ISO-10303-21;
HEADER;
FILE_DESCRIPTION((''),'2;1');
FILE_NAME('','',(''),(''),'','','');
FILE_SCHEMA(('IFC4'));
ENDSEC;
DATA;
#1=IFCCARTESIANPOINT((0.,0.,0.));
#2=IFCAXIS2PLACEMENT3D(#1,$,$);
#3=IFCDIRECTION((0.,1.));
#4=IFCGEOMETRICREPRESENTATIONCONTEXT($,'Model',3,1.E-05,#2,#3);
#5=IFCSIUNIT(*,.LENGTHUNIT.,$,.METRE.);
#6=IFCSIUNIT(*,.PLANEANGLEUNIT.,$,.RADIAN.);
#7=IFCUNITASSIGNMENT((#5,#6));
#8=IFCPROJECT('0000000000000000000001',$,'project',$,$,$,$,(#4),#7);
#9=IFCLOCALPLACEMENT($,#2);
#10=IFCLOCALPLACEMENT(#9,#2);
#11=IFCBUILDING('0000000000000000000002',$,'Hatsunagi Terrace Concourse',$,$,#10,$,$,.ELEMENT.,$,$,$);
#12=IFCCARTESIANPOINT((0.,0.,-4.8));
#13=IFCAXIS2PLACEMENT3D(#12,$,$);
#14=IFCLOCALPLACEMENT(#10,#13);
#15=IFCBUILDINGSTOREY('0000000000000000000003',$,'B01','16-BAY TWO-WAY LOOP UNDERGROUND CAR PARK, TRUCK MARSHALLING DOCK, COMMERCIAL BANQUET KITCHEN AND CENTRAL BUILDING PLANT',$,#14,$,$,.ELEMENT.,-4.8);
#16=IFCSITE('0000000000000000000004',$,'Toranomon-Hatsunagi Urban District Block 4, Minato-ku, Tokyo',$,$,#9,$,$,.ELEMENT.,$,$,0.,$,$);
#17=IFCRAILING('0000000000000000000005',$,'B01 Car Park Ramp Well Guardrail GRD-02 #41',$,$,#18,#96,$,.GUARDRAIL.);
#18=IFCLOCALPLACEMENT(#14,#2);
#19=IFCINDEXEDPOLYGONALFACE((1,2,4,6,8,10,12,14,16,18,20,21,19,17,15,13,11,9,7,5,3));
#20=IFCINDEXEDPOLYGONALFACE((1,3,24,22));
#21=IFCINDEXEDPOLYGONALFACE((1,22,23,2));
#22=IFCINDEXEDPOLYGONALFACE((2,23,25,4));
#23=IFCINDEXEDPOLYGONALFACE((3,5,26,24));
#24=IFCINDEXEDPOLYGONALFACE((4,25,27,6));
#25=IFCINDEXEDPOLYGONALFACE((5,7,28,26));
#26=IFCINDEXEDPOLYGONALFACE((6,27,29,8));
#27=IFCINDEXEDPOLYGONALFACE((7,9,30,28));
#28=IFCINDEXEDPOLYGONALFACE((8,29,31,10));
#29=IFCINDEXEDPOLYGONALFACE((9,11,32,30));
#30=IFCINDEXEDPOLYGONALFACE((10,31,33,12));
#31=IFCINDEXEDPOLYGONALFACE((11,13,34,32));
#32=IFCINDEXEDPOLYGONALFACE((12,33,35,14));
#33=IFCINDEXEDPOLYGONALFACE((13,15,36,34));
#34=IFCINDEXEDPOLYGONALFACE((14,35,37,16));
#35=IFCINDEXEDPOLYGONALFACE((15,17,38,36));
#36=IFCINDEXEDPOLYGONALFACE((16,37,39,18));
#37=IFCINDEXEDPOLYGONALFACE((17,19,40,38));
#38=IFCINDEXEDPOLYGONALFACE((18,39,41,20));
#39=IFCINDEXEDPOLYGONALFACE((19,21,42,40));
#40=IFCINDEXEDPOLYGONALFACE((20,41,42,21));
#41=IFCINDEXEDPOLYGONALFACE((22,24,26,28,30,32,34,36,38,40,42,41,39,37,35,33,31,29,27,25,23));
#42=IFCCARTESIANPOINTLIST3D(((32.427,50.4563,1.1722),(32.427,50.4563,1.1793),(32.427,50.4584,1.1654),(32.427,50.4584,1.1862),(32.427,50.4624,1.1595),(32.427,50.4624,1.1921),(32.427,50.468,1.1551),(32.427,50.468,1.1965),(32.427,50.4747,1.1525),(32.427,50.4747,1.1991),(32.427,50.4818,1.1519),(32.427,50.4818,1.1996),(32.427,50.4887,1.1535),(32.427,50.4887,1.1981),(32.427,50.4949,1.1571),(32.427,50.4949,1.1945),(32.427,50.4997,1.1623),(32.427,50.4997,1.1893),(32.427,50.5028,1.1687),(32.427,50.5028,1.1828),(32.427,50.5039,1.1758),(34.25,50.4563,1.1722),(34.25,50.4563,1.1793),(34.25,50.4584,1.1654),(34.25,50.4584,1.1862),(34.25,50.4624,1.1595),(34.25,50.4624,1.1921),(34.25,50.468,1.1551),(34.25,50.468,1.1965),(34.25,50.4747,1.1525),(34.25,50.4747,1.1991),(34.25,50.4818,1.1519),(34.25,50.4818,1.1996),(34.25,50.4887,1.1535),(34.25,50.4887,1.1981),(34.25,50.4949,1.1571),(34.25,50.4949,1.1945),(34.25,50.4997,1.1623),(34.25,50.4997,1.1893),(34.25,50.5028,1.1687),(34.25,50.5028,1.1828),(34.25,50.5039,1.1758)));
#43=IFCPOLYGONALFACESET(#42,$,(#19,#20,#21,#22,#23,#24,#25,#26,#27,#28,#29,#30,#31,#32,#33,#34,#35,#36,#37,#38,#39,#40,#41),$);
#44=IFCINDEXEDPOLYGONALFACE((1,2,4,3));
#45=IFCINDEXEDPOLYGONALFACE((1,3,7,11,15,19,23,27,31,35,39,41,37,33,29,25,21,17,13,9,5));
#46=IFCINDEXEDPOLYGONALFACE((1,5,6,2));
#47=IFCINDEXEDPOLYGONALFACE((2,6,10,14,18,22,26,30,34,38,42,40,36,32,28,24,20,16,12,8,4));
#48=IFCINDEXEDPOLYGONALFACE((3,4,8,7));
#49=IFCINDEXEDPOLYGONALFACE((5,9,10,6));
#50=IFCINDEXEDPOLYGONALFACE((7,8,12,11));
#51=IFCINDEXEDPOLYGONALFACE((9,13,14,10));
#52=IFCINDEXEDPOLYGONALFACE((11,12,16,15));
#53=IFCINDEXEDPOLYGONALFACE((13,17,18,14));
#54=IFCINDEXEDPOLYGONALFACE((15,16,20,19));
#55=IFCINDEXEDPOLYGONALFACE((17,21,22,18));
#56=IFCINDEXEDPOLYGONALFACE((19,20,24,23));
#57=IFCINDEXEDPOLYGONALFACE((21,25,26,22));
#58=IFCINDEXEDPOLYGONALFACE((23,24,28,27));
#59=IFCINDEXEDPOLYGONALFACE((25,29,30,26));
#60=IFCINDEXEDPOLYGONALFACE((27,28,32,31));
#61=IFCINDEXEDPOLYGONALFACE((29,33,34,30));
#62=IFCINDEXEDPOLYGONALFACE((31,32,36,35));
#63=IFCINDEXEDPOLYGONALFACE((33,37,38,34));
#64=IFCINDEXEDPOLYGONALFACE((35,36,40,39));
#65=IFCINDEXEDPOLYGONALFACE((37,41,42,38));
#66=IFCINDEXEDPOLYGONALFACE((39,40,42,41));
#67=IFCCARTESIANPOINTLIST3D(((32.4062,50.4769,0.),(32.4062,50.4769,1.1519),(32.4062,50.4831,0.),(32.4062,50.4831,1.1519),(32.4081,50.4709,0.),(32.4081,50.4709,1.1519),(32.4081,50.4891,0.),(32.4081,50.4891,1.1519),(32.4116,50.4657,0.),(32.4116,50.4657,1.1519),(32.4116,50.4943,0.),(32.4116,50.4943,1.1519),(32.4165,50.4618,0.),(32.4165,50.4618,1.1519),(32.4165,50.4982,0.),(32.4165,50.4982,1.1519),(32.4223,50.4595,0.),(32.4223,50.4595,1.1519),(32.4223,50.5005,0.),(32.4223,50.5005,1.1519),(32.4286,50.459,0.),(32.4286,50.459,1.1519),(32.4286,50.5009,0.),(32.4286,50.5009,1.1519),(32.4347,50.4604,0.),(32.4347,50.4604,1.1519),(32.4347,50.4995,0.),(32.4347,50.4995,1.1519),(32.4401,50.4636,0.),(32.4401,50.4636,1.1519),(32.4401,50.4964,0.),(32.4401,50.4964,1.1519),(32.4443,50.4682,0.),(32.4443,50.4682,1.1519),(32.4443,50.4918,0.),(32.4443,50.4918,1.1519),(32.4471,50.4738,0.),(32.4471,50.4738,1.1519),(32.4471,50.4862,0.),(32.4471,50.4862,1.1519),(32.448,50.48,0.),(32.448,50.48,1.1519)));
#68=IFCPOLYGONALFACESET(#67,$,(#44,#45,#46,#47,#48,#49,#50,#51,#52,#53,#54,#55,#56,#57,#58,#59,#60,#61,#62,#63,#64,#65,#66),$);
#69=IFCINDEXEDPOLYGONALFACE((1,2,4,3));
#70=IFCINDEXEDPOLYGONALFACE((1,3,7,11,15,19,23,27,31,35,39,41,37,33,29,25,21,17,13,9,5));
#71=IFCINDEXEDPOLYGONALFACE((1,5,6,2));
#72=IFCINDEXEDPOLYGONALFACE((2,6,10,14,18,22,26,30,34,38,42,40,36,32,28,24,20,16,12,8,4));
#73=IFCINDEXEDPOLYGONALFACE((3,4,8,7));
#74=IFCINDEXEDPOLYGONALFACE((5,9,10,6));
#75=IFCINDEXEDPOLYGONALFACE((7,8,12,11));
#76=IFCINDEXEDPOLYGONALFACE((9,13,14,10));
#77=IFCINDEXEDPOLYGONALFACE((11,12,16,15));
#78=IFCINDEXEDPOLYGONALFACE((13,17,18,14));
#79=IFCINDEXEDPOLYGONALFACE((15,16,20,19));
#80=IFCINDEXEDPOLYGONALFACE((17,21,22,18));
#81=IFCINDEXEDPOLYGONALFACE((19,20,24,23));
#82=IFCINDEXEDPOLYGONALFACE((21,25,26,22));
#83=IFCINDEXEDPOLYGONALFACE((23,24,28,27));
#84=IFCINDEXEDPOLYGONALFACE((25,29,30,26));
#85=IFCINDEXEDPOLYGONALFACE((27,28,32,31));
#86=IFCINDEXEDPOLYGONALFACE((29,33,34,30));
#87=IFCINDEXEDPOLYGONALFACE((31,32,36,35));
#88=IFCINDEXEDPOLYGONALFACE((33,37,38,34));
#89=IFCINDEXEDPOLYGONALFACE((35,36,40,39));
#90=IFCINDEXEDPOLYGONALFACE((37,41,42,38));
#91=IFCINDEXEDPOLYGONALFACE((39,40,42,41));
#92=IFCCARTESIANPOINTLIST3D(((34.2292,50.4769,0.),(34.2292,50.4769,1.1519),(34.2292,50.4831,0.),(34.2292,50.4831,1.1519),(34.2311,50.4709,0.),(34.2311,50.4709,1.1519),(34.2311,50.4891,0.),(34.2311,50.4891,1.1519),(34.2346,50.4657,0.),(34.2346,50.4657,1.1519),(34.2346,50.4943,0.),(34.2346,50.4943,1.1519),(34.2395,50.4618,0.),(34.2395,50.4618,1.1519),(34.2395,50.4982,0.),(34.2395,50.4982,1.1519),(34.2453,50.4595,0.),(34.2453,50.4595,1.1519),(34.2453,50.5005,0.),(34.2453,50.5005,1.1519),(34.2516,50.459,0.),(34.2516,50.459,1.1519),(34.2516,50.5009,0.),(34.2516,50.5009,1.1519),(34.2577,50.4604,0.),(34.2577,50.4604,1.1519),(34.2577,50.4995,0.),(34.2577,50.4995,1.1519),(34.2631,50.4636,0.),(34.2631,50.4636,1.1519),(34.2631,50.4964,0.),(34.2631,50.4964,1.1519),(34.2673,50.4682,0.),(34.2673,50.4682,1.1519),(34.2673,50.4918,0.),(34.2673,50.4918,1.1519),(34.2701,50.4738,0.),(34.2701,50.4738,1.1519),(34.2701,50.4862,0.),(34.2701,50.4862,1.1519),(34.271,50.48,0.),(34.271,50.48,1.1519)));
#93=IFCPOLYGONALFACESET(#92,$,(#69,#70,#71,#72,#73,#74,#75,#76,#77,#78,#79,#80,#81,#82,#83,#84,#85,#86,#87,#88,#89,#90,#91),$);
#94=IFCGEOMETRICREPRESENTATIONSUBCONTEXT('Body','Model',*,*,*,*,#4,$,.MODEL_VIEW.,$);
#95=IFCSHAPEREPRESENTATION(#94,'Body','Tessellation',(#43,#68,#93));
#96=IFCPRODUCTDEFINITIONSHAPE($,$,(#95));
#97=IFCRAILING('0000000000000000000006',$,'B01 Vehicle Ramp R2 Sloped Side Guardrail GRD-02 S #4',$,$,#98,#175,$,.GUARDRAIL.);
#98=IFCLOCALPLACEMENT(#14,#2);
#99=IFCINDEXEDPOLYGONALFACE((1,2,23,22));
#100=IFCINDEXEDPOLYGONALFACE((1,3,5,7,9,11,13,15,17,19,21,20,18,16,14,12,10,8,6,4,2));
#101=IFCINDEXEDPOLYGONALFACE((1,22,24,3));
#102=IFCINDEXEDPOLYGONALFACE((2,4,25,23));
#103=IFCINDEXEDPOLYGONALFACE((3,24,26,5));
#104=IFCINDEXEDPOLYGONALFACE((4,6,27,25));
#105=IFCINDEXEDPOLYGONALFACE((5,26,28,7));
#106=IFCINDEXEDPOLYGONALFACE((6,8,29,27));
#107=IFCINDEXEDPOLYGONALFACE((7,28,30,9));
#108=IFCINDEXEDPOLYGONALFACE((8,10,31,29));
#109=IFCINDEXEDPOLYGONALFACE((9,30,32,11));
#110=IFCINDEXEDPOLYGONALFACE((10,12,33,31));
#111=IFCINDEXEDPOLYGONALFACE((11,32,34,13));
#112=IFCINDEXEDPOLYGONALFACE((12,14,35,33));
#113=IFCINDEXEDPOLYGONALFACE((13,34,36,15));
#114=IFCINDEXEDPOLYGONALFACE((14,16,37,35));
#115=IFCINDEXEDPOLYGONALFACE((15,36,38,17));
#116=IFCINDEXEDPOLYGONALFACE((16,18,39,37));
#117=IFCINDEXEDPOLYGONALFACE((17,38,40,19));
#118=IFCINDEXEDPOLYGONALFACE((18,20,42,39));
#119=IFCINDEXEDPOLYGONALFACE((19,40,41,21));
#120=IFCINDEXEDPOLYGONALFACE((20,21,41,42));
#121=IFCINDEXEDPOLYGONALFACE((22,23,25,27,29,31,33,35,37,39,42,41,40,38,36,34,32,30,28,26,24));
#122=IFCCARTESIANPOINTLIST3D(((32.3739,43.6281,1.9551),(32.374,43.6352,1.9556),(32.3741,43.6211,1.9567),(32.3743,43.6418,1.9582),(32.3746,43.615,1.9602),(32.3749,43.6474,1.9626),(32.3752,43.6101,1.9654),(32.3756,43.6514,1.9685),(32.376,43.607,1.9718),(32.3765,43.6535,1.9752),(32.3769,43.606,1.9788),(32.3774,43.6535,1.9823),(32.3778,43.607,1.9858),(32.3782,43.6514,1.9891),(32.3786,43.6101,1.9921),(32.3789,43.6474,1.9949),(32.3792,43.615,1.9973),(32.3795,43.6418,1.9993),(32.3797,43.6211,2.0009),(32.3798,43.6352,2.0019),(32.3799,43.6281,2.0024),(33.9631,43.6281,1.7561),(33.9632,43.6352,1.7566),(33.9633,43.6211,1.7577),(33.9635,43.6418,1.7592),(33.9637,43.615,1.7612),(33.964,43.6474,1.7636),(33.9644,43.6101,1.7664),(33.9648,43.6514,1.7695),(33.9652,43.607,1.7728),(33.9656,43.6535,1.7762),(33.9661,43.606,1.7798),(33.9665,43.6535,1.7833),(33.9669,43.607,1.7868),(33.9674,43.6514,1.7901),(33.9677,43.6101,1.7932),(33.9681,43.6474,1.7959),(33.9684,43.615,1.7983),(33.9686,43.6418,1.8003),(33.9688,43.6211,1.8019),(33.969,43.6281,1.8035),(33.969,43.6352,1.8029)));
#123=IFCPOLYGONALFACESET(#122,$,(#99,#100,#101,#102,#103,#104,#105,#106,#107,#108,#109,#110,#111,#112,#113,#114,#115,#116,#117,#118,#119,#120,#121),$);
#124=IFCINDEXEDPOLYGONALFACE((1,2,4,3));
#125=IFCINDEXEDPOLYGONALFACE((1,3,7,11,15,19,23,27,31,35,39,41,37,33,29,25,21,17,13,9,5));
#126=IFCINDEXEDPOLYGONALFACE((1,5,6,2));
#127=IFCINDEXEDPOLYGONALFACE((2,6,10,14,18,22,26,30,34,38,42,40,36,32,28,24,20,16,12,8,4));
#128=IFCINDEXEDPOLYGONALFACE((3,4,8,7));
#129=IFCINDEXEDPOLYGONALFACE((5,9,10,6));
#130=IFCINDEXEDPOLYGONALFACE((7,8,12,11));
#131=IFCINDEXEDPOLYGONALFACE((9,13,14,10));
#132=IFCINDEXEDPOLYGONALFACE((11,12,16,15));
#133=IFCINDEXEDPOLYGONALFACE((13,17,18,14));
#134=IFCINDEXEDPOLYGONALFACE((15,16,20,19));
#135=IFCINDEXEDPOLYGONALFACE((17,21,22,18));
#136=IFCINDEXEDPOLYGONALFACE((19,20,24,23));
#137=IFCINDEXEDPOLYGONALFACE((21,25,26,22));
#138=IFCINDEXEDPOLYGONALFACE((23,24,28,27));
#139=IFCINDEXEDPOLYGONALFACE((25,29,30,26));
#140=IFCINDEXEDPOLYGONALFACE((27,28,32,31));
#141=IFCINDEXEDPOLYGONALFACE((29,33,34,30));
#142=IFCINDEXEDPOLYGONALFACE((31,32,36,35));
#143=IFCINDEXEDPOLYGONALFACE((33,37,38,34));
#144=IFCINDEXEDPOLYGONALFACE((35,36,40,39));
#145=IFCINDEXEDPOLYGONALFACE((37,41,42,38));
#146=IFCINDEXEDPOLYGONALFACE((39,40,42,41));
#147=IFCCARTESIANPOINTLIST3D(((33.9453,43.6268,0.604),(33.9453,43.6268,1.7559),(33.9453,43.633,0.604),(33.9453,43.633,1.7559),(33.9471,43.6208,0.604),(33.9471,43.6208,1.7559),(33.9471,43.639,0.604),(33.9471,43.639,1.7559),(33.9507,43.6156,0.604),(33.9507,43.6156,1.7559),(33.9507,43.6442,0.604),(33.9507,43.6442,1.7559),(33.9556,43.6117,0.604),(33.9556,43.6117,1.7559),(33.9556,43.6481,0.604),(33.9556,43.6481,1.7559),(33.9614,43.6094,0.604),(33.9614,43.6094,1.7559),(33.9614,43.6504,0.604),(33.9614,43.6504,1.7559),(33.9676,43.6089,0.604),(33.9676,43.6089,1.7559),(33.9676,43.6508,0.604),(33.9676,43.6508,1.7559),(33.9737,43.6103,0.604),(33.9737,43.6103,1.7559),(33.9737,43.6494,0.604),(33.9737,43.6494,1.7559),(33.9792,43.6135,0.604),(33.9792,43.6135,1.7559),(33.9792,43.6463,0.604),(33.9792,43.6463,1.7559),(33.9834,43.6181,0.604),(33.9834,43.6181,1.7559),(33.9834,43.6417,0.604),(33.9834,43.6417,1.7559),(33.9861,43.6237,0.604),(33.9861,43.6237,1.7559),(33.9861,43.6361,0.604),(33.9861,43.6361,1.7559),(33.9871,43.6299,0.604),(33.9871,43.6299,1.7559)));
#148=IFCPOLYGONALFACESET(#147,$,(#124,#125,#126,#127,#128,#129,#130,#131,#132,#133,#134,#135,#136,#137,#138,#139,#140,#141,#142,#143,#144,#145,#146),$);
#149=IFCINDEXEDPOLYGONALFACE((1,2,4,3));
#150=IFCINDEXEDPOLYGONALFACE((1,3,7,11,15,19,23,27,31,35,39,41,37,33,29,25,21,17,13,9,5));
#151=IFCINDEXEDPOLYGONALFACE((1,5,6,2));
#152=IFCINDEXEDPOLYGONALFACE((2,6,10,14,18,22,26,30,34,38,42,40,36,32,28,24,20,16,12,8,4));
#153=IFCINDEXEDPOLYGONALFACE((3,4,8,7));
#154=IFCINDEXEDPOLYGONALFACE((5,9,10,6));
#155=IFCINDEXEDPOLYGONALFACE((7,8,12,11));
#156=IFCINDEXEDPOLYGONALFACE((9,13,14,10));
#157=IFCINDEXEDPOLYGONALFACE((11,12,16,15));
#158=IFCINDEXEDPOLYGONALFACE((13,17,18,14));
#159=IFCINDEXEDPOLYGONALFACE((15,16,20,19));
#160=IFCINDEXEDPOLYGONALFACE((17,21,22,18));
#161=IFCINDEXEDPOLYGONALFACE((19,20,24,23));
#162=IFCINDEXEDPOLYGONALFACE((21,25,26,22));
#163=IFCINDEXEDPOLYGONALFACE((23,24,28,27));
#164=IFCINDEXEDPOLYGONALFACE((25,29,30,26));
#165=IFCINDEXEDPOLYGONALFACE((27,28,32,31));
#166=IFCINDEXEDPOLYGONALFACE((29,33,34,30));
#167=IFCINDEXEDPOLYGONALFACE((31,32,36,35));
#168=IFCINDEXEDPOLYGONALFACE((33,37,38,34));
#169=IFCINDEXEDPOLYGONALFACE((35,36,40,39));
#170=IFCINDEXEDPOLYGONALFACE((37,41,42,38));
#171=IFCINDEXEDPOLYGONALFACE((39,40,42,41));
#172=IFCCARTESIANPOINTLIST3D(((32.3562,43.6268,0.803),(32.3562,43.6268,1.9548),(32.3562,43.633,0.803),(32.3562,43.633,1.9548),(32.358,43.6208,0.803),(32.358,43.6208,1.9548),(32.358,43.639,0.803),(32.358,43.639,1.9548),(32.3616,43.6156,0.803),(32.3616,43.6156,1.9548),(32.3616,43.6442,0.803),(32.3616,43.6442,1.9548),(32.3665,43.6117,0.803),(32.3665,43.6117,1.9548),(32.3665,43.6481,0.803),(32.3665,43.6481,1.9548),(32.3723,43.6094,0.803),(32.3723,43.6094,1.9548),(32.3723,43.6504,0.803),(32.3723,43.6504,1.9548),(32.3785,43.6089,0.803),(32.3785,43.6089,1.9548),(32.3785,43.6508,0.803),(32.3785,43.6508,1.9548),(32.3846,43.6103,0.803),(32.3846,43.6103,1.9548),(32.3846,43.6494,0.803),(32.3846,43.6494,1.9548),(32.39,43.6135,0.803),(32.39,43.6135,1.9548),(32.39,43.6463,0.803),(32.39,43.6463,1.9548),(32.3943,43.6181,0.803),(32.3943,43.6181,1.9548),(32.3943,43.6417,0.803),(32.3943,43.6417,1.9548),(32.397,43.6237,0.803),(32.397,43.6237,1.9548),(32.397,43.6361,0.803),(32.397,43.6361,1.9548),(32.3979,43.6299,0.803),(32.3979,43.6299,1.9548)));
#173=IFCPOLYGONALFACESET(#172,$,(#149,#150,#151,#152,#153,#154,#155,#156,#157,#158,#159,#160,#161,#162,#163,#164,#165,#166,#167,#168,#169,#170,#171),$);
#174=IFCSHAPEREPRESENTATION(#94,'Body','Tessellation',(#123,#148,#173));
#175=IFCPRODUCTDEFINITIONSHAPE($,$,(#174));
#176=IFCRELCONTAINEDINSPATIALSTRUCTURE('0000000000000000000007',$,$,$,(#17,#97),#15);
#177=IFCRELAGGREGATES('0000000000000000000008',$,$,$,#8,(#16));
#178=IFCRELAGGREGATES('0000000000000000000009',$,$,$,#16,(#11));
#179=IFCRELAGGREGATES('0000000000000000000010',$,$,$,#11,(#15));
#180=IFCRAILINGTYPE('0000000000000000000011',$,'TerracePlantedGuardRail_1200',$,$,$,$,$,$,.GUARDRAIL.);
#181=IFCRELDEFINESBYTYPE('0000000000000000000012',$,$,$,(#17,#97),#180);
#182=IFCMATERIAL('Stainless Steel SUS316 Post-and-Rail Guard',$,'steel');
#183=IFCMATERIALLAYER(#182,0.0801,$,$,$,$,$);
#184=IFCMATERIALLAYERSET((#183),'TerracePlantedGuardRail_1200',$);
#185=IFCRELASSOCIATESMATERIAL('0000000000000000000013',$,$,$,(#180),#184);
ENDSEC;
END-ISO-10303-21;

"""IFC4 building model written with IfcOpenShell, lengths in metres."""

from ifc_helpers import new_model, si_unit, direction, frame, origin, origin_2d, place, context, subcontext, project, spatial, circle, extrude, material, layer, layer_set, type_object, element, save


model = new_model("IFC4")

# Units and contexts
model_context = context("Model", 3, precision=1e-05, world=origin(), true_north=direction((0.0, 1.0)))
body_context = subcontext(model_context, "Body", "Model", "MODEL_VIEW")
ifc_project = project(units=[si_unit("LENGTHUNIT", "METRE"), si_unit("PLANEANGLEUNIT", "RADIAN")], contexts=[model_context])

# Site, building, storey
site_placement = place(None, origin())
site = spatial("IfcSite", under=ifc_project, at=site_placement, Name="Toranomon-Hatsunagi Urban District Block 4, Minato-ku, Tokyo", CompositionType="ELEMENT", RefElevation=0.0)
building_placement = place(site_placement, origin())
building = spatial("IfcBuilding", under=site, at=building_placement, Name="Hatsunagi Terrace Concourse", CompositionType="ELEMENT")
storey_placement = place(building_placement, frame((0.0, 0.0, -4.8)))
storey = spatial("IfcBuildingStorey", under=building, at=storey_placement, Name="B01", Description="16-BAY TWO-WAY LOOP UNDERGROUND CAR PARK, TRUCK MARSHALLING DOCK, COMMERCIAL BANQUET KITCHEN AND CENTRAL BUILDING PLANT", CompositionType="ELEMENT", Elevation=-4.8)

# Railings
ifc_material_1 = material(Name="Stainless Steel SUS316 Post-and-Rail Guard", Category="steel")
ifc_layer = layer(ifc_material_1, 0.0801)
ifc_layer_set = layer_set([ifc_layer], Name="TerracePlantedGuardRail_1200")
railing_type = type_object("IfcRailingType", Name="TerracePlantedGuardRail_1200", PredefinedType="GUARDRAIL", material=ifc_layer_set)
railing_1_placement = place(storey_placement, frame((32.427, 50.48, 0.0)))
element("IfcRailing", 1, at=railing_1_placement, inside=storey, type_object=railing_type, Name="B01 Car Park Ramp Well Guardrail GRD-02 #41", PredefinedType="GUARDRAIL", context=body_context, shape_type="SweptSolid", body=[
    extrude(circle(Radius=0.0239, at=origin_2d()), frame((0.0, 0.0, 1.1758), z_axis=(1.0, 0.0, 0.0), x_axis=(0.0, 1.0, 0.0)), (0.0, 0.0, 1.0), 1.823),
    extrude(circle(Radius=0.021, at=origin_2d()), origin(), (0.0, 0.0, 1.0), 1.1519),
    extrude(circle(Radius=0.021, at=origin_2d()), frame((1.823, 0.0, 0.0)), (0.0, 0.0, 1.0), 1.1519),
])
railing_2_placement = place(storey_placement, frame((33.9661, 43.6299, 0.604)))
element("IfcRailing", 2, at=railing_2_placement, inside=storey, type_object=railing_type, Name="B01 Vehicle Ramp R2 Sloped Side Guardrail GRD-02 S #4", PredefinedType="GUARDRAIL", context=body_context, shape_type="SweptSolid", body=[
    extrude(circle(Radius=0.0239, at=origin_2d()), frame((0.0, 0.0, 1.1758), z_axis=(-0.992252, 0.0, 0.124241), x_axis=(0.0, -1.0, 0.0)), (0.0, 0.0, 1.0), 1.6016),
    extrude(circle(Radius=0.021, at=origin_2d()), origin(), (0.0, 0.0, 1.0), 1.1519),
    extrude(circle(Radius=0.021, at=origin_2d()), frame((-1.5891, 0.0, 0.199)), (0.0, 0.0, 1.0), 1.1519),
])

save(model, "model.ifc")
